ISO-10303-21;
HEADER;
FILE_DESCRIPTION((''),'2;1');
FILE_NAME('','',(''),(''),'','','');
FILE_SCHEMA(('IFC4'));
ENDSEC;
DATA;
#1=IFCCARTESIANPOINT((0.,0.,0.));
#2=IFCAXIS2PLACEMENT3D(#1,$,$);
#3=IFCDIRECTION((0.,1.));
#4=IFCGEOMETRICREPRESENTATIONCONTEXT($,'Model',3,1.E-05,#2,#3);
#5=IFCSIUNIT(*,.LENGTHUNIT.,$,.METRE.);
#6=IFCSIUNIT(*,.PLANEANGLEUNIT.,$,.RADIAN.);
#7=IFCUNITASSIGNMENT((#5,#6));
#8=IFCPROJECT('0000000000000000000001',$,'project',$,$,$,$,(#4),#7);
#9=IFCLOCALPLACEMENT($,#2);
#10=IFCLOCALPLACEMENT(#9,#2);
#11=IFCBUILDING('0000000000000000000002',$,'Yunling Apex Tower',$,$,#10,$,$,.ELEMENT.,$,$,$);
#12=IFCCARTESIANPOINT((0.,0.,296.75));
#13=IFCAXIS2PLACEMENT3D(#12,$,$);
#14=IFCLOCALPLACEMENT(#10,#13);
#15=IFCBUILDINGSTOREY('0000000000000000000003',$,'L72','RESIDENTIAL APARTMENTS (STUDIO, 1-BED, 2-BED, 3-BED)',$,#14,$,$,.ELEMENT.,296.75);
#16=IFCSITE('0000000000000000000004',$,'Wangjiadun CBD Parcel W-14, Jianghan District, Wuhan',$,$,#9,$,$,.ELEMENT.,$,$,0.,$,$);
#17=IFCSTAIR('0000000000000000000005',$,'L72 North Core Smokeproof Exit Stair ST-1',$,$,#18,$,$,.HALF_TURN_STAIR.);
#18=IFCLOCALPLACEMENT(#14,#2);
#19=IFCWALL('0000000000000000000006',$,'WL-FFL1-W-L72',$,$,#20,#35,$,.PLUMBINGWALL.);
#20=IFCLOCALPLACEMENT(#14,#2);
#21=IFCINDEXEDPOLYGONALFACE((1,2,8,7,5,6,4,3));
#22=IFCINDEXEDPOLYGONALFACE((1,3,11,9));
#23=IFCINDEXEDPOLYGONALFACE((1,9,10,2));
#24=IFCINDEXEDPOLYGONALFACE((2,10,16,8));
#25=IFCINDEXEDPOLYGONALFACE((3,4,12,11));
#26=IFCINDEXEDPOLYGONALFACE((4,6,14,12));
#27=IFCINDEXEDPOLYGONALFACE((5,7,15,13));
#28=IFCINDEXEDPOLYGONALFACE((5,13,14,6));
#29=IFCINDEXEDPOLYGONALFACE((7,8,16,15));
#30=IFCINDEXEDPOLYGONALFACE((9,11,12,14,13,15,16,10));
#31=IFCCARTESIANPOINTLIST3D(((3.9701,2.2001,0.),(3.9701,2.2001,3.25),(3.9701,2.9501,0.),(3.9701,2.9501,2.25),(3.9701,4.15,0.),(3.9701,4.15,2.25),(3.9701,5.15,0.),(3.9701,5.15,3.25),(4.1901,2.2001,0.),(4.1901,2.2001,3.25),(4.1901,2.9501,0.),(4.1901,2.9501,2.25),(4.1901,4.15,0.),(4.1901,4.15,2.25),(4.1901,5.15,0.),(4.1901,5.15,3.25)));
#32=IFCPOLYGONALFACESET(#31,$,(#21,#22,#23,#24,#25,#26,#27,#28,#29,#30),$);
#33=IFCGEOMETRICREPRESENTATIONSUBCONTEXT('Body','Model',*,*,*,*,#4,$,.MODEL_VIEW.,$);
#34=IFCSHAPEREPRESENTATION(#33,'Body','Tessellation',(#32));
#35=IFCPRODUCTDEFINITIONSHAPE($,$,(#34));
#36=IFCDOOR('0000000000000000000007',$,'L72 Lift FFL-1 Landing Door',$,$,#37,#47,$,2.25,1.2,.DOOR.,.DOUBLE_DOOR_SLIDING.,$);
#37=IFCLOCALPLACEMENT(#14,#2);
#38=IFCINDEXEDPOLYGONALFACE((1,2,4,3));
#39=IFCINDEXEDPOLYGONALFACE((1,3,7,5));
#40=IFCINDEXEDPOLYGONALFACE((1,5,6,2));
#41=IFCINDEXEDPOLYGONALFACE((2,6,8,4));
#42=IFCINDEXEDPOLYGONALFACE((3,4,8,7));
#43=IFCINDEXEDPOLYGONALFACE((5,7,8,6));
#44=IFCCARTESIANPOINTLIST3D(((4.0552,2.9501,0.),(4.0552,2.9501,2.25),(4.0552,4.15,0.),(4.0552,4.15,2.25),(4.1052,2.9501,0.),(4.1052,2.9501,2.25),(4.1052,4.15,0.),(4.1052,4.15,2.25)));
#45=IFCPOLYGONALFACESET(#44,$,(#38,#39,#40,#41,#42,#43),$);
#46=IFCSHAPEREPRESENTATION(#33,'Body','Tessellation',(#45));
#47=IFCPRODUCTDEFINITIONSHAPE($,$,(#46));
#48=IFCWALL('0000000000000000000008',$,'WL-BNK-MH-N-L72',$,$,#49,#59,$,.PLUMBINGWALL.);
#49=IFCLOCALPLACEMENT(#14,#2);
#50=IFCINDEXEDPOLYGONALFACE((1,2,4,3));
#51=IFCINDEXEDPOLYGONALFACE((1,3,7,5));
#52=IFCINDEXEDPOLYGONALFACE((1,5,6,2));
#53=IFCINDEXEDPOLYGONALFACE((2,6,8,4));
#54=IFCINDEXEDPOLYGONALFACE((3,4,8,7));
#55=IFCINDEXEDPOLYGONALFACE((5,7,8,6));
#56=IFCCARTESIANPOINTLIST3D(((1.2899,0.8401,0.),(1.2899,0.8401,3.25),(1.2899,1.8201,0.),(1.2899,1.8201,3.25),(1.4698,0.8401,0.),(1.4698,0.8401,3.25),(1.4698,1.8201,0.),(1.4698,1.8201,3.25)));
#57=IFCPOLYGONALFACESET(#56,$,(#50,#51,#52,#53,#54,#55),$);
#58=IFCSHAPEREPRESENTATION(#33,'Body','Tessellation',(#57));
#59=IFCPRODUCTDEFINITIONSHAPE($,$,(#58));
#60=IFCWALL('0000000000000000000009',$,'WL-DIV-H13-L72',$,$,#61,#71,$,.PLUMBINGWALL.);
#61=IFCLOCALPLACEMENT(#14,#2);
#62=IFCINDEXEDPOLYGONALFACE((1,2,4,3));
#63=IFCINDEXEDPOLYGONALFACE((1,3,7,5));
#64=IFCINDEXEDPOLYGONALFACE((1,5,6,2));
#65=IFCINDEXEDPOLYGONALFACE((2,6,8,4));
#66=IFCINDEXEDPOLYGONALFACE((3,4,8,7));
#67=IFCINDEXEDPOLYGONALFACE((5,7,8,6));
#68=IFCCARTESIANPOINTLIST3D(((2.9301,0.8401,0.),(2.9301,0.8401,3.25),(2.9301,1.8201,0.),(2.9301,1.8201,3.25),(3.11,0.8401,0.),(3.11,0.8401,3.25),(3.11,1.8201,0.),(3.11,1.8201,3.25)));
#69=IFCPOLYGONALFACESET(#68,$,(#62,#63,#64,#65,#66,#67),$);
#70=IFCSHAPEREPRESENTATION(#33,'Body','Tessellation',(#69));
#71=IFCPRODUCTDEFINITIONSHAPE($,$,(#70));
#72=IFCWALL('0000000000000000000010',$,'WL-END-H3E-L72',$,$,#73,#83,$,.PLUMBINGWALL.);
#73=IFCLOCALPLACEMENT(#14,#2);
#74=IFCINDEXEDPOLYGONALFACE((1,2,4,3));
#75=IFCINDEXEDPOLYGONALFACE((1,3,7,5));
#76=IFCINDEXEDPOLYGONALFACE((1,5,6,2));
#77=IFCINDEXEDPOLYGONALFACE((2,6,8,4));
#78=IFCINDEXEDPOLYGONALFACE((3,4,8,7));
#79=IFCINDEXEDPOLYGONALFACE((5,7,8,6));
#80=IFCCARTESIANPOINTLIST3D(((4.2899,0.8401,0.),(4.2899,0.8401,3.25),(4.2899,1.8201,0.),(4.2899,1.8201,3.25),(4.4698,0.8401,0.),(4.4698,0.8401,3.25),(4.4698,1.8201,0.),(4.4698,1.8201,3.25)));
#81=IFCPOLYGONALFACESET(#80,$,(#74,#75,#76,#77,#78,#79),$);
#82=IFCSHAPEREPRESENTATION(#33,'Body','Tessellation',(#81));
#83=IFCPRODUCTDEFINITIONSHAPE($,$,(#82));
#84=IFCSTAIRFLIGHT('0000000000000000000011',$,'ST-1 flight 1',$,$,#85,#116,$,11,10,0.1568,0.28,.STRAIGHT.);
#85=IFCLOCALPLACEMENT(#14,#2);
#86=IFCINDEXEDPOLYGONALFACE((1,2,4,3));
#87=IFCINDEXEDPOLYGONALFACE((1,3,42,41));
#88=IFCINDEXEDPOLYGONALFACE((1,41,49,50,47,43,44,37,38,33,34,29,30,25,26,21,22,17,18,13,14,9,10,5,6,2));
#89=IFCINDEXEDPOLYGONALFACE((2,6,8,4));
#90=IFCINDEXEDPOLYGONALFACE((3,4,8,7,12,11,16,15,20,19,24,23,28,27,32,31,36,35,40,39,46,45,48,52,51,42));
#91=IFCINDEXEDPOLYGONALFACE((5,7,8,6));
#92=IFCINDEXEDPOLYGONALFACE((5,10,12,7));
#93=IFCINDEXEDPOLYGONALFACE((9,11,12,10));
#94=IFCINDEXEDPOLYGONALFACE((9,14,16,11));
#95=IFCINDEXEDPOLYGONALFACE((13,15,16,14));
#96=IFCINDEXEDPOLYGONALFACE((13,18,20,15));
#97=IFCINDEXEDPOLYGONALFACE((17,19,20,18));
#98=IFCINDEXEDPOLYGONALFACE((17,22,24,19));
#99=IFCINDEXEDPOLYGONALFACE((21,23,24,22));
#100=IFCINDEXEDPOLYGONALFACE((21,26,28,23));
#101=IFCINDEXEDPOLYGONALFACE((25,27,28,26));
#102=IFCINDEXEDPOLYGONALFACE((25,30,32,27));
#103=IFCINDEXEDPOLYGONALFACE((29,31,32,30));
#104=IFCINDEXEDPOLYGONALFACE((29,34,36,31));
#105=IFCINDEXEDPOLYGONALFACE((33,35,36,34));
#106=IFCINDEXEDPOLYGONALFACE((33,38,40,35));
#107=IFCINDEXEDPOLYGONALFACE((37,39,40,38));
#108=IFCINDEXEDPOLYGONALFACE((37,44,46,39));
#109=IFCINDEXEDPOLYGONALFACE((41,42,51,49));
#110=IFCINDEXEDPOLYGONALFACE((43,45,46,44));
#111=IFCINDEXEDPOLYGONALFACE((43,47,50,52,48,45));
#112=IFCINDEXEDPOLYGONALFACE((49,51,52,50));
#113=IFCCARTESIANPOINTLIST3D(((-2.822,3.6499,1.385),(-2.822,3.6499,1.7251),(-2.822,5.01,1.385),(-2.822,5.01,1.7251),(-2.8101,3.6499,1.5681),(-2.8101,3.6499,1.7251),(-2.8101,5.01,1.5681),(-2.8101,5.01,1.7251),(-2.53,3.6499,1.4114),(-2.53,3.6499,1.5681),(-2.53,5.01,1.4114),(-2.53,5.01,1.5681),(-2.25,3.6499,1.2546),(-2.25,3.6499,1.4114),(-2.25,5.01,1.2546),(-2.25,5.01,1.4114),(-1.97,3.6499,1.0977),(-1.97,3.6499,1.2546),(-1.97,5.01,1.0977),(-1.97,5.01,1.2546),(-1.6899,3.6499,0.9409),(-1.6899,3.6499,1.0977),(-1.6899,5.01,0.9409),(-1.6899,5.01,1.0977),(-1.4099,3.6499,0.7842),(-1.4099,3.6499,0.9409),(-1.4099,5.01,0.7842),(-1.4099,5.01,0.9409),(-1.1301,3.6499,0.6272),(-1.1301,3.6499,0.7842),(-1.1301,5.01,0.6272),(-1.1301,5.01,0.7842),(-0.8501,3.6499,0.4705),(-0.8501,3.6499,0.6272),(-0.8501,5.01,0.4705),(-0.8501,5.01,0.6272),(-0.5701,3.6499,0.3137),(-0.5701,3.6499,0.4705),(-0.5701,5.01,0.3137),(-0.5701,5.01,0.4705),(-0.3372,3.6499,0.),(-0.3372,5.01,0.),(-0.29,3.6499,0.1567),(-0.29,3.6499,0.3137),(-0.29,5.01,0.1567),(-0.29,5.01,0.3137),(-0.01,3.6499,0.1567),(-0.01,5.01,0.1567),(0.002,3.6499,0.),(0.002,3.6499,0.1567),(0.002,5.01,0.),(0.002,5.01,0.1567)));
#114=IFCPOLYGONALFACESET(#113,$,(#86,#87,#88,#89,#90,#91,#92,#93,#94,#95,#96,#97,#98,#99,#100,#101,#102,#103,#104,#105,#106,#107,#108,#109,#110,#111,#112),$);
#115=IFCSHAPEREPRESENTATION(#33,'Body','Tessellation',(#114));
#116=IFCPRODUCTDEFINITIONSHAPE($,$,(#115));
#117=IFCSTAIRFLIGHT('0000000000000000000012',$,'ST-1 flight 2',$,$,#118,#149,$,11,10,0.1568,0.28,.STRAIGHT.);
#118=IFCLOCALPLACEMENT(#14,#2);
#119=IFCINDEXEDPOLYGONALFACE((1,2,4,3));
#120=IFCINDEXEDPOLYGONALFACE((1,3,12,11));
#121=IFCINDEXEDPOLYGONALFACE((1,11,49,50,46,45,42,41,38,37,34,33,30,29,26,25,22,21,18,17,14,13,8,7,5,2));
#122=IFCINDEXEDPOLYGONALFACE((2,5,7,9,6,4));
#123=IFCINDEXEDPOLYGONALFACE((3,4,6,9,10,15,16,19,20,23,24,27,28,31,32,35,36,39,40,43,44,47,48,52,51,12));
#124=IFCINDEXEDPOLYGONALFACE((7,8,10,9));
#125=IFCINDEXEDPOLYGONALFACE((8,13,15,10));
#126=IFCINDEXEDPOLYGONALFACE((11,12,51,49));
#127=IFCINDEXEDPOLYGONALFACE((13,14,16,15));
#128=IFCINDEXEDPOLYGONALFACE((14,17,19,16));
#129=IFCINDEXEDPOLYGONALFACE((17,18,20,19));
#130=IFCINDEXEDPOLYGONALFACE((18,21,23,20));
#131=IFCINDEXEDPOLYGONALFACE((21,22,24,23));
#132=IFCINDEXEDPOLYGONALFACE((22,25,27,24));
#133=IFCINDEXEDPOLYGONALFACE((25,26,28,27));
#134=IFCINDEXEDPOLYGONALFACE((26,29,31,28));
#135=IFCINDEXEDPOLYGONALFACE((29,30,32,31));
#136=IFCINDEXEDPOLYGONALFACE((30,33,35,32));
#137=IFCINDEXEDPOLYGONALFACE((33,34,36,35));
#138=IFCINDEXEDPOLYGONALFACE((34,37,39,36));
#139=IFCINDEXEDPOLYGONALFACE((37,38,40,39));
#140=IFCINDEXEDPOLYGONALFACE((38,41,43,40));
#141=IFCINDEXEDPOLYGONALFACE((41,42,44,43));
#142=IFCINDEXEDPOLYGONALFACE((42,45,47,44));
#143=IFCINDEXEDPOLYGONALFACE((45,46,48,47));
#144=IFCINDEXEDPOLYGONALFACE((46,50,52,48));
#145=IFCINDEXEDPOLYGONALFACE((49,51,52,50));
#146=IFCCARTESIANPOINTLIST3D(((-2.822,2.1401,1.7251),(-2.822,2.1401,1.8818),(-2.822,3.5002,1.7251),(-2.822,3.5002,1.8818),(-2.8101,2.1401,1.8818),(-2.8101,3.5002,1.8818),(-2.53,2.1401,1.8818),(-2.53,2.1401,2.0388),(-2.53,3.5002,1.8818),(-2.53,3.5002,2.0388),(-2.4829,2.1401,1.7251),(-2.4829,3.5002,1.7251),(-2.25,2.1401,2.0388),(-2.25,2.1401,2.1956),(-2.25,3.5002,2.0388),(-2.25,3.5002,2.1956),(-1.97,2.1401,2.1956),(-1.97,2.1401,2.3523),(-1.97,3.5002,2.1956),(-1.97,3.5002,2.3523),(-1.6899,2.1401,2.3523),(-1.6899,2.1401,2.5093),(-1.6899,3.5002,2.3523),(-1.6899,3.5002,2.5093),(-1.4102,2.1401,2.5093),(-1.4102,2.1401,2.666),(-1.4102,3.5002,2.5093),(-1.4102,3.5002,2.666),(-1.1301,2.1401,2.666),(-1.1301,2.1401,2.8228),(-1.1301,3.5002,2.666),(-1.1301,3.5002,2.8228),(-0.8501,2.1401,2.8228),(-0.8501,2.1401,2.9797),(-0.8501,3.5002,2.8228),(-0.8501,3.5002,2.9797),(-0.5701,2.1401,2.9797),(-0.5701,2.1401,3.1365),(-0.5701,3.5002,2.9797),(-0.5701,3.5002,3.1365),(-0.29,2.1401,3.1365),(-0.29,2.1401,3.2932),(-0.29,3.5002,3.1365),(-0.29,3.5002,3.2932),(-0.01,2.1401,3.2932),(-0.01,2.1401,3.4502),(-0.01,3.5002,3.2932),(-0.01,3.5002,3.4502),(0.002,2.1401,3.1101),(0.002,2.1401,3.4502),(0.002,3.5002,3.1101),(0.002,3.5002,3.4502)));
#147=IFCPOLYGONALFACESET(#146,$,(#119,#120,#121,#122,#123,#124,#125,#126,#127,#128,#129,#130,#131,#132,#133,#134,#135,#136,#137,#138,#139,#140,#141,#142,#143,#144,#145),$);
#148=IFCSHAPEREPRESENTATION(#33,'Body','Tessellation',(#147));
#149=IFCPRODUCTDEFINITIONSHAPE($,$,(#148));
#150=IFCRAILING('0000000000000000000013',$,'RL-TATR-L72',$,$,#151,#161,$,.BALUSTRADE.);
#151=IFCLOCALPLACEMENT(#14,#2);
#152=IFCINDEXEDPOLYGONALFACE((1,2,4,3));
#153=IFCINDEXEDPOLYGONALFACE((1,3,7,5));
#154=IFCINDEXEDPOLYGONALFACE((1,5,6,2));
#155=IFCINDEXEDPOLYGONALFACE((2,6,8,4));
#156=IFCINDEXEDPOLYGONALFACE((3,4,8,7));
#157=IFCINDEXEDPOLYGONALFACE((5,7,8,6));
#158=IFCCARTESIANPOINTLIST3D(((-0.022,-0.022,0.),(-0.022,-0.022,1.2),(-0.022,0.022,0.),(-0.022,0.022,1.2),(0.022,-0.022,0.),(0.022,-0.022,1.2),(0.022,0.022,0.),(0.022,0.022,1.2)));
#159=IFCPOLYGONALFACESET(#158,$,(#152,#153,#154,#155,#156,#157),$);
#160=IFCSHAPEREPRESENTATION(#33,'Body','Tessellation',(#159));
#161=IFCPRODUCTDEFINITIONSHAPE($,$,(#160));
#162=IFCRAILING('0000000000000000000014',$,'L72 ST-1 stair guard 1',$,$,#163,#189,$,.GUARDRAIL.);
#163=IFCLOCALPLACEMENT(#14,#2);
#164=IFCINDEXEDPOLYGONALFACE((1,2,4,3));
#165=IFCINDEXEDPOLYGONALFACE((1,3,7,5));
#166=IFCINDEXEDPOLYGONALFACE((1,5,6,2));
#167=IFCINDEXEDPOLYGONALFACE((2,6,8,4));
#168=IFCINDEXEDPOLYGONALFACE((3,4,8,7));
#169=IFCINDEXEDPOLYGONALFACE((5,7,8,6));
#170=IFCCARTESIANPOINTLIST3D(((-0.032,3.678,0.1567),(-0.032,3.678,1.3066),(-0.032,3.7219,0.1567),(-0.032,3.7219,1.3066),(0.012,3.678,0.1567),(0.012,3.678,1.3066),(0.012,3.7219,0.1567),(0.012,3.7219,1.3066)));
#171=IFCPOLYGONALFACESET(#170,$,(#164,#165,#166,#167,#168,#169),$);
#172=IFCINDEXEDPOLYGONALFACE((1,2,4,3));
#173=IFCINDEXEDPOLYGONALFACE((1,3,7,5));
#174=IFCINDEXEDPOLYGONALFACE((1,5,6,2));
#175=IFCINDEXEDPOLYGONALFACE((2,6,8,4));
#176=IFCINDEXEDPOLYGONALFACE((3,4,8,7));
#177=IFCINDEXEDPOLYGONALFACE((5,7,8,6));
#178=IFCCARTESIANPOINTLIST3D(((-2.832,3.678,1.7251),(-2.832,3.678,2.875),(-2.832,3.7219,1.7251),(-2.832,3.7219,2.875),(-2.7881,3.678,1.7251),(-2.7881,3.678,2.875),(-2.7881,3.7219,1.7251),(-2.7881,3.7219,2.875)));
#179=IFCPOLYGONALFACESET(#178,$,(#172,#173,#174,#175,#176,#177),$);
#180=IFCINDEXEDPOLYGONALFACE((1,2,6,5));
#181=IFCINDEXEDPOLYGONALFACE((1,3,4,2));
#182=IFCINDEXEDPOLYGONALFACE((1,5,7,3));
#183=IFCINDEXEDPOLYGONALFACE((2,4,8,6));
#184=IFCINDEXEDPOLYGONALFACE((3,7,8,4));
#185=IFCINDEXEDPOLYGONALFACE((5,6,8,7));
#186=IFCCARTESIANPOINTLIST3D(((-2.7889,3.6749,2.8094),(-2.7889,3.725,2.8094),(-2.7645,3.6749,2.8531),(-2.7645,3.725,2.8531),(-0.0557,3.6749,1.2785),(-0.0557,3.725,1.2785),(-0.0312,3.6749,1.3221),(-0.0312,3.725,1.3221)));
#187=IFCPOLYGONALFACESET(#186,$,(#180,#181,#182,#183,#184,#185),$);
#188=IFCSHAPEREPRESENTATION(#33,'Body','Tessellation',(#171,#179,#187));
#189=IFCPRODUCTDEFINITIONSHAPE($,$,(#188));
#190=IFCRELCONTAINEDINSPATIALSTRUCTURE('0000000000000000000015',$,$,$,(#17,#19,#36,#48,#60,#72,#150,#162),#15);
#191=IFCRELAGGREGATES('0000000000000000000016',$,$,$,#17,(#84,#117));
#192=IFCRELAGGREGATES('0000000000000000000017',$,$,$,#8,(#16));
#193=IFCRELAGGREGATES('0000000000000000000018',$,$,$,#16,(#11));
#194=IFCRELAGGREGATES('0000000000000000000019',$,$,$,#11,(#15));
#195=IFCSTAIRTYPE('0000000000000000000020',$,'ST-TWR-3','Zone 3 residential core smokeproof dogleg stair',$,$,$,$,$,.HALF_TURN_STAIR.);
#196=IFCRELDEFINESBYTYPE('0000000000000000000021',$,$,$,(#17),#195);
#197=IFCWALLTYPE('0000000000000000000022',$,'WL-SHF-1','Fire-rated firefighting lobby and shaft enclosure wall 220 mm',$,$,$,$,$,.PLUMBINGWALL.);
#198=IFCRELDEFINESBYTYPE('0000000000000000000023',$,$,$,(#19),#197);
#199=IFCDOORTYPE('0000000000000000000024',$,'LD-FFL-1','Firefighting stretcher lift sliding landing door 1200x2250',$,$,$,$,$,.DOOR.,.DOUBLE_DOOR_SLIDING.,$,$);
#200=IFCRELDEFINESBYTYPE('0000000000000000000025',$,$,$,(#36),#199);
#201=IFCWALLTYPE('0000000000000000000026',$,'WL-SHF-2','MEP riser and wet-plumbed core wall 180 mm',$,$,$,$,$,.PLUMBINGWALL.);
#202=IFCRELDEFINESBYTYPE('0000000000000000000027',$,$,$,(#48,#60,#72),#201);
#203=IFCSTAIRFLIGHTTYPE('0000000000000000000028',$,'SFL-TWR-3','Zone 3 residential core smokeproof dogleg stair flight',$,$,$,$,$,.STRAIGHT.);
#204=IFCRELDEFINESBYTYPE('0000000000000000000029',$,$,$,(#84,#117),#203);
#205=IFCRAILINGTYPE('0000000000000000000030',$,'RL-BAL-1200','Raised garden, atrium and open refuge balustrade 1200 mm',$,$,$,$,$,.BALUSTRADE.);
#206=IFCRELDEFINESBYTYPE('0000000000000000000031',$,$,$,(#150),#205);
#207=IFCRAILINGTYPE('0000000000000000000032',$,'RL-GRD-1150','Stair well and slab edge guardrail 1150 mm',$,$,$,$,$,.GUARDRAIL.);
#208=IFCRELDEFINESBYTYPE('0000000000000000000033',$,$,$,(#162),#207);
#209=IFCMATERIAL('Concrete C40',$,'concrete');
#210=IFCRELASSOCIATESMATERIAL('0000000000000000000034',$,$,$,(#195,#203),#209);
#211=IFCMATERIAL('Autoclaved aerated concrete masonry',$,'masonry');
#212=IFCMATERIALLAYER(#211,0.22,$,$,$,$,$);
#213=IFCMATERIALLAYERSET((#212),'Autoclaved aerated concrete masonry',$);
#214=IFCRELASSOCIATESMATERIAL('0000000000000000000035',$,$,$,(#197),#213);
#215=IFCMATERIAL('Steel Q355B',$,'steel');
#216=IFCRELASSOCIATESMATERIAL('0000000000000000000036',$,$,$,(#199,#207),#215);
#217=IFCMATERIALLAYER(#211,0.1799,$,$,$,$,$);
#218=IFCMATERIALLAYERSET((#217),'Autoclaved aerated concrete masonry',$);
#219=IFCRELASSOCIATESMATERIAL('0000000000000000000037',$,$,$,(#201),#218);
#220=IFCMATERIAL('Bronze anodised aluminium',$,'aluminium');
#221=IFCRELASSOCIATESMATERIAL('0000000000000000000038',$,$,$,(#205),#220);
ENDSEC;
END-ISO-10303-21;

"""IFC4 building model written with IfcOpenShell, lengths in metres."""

from ifc_helpers import new_model, si_unit, direction, frame, frame_2d, origin, origin_2d, place, context, subcontext, project, spatial, polyline, rectangle, outline, extrude, material, layer, layer_set, type_object, element, fill, aggregate, save


model = new_model("IFC4")

# Units and contexts
model_context = context("Model", 3, precision=1e-05, world=origin(), true_north=direction((0.0, 1.0)))
body_context = subcontext(model_context, "Body", "Model", "MODEL_VIEW")
ifc_project = project(units=[si_unit("LENGTHUNIT", "METRE"), si_unit("PLANEANGLEUNIT", "RADIAN")], contexts=[model_context])

# Site, building, storey
site_placement = place(None, origin())
site = spatial("IfcSite", under=ifc_project, at=site_placement, Name="Wangjiadun CBD Parcel W-14, Jianghan District, Wuhan", CompositionType="ELEMENT", RefElevation=0.0)
building_placement = place(site_placement, origin())
building = spatial("IfcBuilding", under=site, at=building_placement, Name="Yunling Apex Tower", CompositionType="ELEMENT")
storey_placement = place(building_placement, frame((0.0, 0.0, 296.75)))
storey = spatial("IfcBuildingStorey", under=building, at=storey_placement, Name="L72", Description="RESIDENTIAL APARTMENTS (STUDIO, 1-BED, 2-BED, 3-BED)", CompositionType="ELEMENT", Elevation=296.75)

# Shared definitions
ifc_material_1 = material(Name="Steel Q355B", Category="steel")

# Shared definitions
ifc_material_2 = material(Name="Bronze anodised aluminium", Category="aluminium")

# Shared definitions
ifc_material_3 = material(Name="Concrete C40", Category="concrete")

# Stair
stair_type = type_object("IfcStairType", Name="ST-TWR-3", Description="Zone 3 residential core smokeproof dogleg stair", PredefinedType="HALF_TURN_STAIR", material=ifc_material_3)
stair_1_placement = place(storey_placement, origin())
stair_1 = element("IfcStair", 1, at=stair_1_placement, inside=storey, type_object=stair_type, Name="L72 North Core Smokeproof Exit Stair ST-1", PredefinedType="HALF_TURN_STAIR")

# Wall, opening, door
ifc_material_4 = material(Name="Autoclaved aerated concrete masonry", Category="masonry")
ifc_layer_1 = layer(ifc_material_4, 0.22)
ifc_layer_set_1 = layer_set([ifc_layer_1], Name="Autoclaved aerated concrete masonry")
wall_type_1 = type_object("IfcWallType", Name="WL-SHF-1", Description="Fire-rated firefighting lobby and shaft enclosure wall 220 mm", PredefinedType="PLUMBINGWALL", material=ifc_layer_set_1)
wall_1_placement = place(storey_placement, frame((4.0801, 2.2, 0.0), z_axis=(0.0, 0.0, 1.0), x_axis=(0.0, 1.0, 0.0)))
wall_1 = element("IfcWall", 2, at=wall_1_placement, inside=storey, type_object=wall_type_1, Name="WL-FFL1-W-L72", PredefinedType="PLUMBINGWALL", context=body_context, shape_type="SweptSolid", body=[
    extrude(rectangle(XDim=2.95, YDim=0.22, at=frame_2d((1.4751, 0.0))), origin(), (0.0, 0.0, 1.0), 3.25),
])
opening_1_placement = place(wall_1_placement, frame((0.75, 0.0, 0.0)))
opening_1 = element("IfcOpeningElement", 3, at=opening_1_placement, cuts=wall_1, PredefinedType="OPENING", context=body_context, shape_type="SweptSolid", body=[
    extrude(rectangle(XDim=1.2, YDim=2.25, at=frame_2d((0.6001, 1.125))), frame((0.0, 0.1201, 0.0), z_axis=(0.0, -1.0, 0.0), x_axis=(1.0, 0.0, 0.0)), (0.0, 0.0, 1.0), 0.24),
])
door_type_1 = type_object("IfcDoorType", Name="LD-FFL-1", Description="Firefighting stretcher lift sliding landing door 1200x2250", OperationType="DOUBLE_DOOR_SLIDING", PredefinedType="DOOR", material=ifc_material_1)
door_1_placement = place(opening_1_placement, origin())
door_1 = element("IfcDoor", 4, at=door_1_placement, inside=storey, type_object=door_type_1, Name="L72 Lift FFL-1 Landing Door", OperationType="DOUBLE_DOOR_SLIDING", OverallHeight=2.25, OverallWidth=1.2, PredefinedType="DOOR", context=body_context, shape_type="SweptSolid", body=[
    extrude(rectangle(XDim=1.2, YDim=2.25, at=frame_2d((0.6001, 1.125))), frame((0.0, 0.0249, 0.0), z_axis=(0.0, -1.0, 0.0), x_axis=(1.0, 0.0, 0.0)), (0.0, 0.0, 1.0), 0.05),
])
fill(opening_1, door_1)

# Walls
ifc_layer_2 = layer(ifc_material_4, 0.1799)
ifc_layer_set_2 = layer_set([ifc_layer_2], Name="Autoclaved aerated concrete masonry")
wall_type_2 = type_object("IfcWallType", Name="WL-SHF-2", Description="MEP riser and wet-plumbed core wall 180 mm", PredefinedType="PLUMBINGWALL", material=ifc_layer_set_2)
for number, where, z_axis, x_axis, name in (
    (5, (1.3799, 0.8401, 0.0), (0.0, 0.0, 1.0), (0.0, 1.0, 0.0), "WL-BNK-MH-N-L72"),
    (6, (3.02, 0.8401, 0.0), (0.0, 0.0, 1.0), (0.0, 1.0, 0.0), "WL-DIV-H13-L72"),
    (7, (4.3799, 0.8401, 0.0), (0.0, 0.0, 1.0), (0.0, 1.0, 0.0), "WL-END-H3E-L72"),
):
    element("IfcWall", number, at=place(storey_placement, frame(where, z_axis=z_axis, x_axis=x_axis)), inside=storey, type_object=wall_type_2, Name=name, PredefinedType="PLUMBINGWALL", context=body_context, shape_type="SweptSolid", body=[
        extrude(rectangle(XDim=0.98, YDim=0.1799, at=frame_2d((0.49, 0.0))), origin(), (0.0, 0.0, 1.0), 3.25),
    ])

# Stair flights
stair_flight_type = type_object("IfcStairFlightType", Name="SFL-TWR-3", Description="Zone 3 residential core smokeproof dogleg stair flight", PredefinedType="STRAIGHT", material=ifc_material_3)
stair_flight_1_placement = place(storey_placement, frame((-0.01, 4.3301, 0.0), z_axis=(0.0, 0.0, 1.0), x_axis=(-1.0, 0.0, 0.0)))
stair_flight_1 = element("IfcStairFlight", 8, at=stair_flight_1_placement, type_object=stair_flight_type, Name="ST-1 flight 1", NumberOfRisers=11, NumberOfTreads=10, PredefinedType="STRAIGHT", RiserHeight=0.1568, TreadLength=0.28, context=body_context, shape_type="SweptSolid", body=[
    extrude(outline(polyline([(-0.012, 0.0), (-0.012, 0.1567), (0.0, 0.1567), (0.28, 0.1567), (0.28, 0.3137), (0.5601, 0.3137), (0.5601, 0.4705), (0.8401, 0.4705), (0.8401, 0.6272), (1.1201, 0.6272), (1.1201, 0.7842), (1.3999, 0.7842), (1.3999, 0.9409), (1.6799, 0.9409), (1.6799, 1.0977), (1.96, 1.0977), (1.96, 1.2546), (2.24, 1.2546), (2.24, 1.4114), (2.52, 1.4114), (2.52, 1.5681), (2.8, 1.5681), (2.8, 1.7251), (2.812, 1.7251), (2.812, 1.385), (0.3271, 0.0), (-0.012, 0.0)])), frame((0.0, 0.6802, 0.0), z_axis=(0.0, -1.0, 0.0), x_axis=(1.0, 0.0, 0.0)), (0.0, 0.0, 1.0), 1.3601),
])
stair_flight_2_placement = place(storey_placement, frame((-2.8101, 2.8201, 1.7251), z_axis=(0.0, 0.0, 1.0), x_axis=(1.0, 0.0, 0.0)))
stair_flight_2 = element("IfcStairFlight", 9, at=stair_flight_2_placement, type_object=stair_flight_type, Name="ST-1 flight 2", NumberOfRisers=11, NumberOfTreads=10, PredefinedType="STRAIGHT", RiserHeight=0.1568, TreadLength=0.28, context=body_context, shape_type="SweptSolid", body=[
    extrude(outline(polyline([(-0.012, 0.0), (-0.012, 0.1567), (0.0, 0.1567), (0.28, 0.1567), (0.28, 0.3137), (0.5601, 0.3137), (0.5601, 0.4705), (0.8401, 0.4705), (0.8401, 0.6272), (1.1201, 0.6272), (1.1201, 0.7842), (1.3999, 0.7842), (1.3999, 0.9409), (1.6799, 0.9409), (1.6799, 1.0977), (1.96, 1.0977), (1.96, 1.2546), (2.24, 1.2546), (2.24, 1.4114), (2.52, 1.4114), (2.52, 1.5681), (2.8, 1.5681), (2.8, 1.7251), (2.812, 1.7251), (2.812, 1.385), (0.3271, 0.0), (-0.012, 0.0)])), frame((0.0, 0.6802, 0.0), z_axis=(0.0, -1.0, 0.0), x_axis=(1.0, 0.0, 0.0)), (0.0, 0.0, 1.0), 1.3601),
])
aggregate(stair_1, [stair_flight_1, stair_flight_2])

# Railings
railing_type_1 = type_object("IfcRailingType", Name="RL-BAL-1200", Description="Raised garden, atrium and open refuge balustrade 1200 mm", PredefinedType="BALUSTRADE", material=ifc_material_2)
railing_1_placement = place(storey_placement, origin())
element("IfcRailing", 10, at=railing_1_placement, inside=storey, type_object=railing_type_1, Name="RL-TATR-L72", PredefinedType="BALUSTRADE", context=body_context, shape_type="SweptSolid", body=[
    extrude(rectangle(XDim=0.0439, YDim=0.0439, at=origin_2d()), origin(), (0.0, 0.0, 1.0), 1.2),
])
railing_type_2 = type_object("IfcRailingType", Name="RL-GRD-1150", Description="Stair well and slab edge guardrail 1150 mm", PredefinedType="GUARDRAIL", material=ifc_material_1)
railing_2_placement = place(storey_placement, frame((-0.01, 3.7, 0.1567)))
element("IfcRailing", 11, at=railing_2_placement, inside=storey, type_object=railing_type_2, Name="L72 ST-1 stair guard 1", PredefinedType="GUARDRAIL", context=body_context, shape_type="SweptSolid", body=[
    extrude(rectangle(XDim=0.0439, YDim=0.0439, at=origin_2d()), origin(), (0.0, 0.0, 1.0), 1.1499),
    extrude(rectangle(XDim=0.0439, YDim=0.0439, at=origin_2d()), frame((-2.8, 0.0, 1.5684)), (0.0, 0.0, 1.0), 1.1499),
    extrude(rectangle(XDim=0.05, YDim=0.05, at=origin_2d()), frame((-0.0334, 0.0, 1.1436), z_axis=(-0.872462, 0.0, 0.488682), x_axis=(0.0, -1.0, 0.0)), (0.0, 0.0, 1.0), 3.1328),
])

save(model, "model.ifc")
